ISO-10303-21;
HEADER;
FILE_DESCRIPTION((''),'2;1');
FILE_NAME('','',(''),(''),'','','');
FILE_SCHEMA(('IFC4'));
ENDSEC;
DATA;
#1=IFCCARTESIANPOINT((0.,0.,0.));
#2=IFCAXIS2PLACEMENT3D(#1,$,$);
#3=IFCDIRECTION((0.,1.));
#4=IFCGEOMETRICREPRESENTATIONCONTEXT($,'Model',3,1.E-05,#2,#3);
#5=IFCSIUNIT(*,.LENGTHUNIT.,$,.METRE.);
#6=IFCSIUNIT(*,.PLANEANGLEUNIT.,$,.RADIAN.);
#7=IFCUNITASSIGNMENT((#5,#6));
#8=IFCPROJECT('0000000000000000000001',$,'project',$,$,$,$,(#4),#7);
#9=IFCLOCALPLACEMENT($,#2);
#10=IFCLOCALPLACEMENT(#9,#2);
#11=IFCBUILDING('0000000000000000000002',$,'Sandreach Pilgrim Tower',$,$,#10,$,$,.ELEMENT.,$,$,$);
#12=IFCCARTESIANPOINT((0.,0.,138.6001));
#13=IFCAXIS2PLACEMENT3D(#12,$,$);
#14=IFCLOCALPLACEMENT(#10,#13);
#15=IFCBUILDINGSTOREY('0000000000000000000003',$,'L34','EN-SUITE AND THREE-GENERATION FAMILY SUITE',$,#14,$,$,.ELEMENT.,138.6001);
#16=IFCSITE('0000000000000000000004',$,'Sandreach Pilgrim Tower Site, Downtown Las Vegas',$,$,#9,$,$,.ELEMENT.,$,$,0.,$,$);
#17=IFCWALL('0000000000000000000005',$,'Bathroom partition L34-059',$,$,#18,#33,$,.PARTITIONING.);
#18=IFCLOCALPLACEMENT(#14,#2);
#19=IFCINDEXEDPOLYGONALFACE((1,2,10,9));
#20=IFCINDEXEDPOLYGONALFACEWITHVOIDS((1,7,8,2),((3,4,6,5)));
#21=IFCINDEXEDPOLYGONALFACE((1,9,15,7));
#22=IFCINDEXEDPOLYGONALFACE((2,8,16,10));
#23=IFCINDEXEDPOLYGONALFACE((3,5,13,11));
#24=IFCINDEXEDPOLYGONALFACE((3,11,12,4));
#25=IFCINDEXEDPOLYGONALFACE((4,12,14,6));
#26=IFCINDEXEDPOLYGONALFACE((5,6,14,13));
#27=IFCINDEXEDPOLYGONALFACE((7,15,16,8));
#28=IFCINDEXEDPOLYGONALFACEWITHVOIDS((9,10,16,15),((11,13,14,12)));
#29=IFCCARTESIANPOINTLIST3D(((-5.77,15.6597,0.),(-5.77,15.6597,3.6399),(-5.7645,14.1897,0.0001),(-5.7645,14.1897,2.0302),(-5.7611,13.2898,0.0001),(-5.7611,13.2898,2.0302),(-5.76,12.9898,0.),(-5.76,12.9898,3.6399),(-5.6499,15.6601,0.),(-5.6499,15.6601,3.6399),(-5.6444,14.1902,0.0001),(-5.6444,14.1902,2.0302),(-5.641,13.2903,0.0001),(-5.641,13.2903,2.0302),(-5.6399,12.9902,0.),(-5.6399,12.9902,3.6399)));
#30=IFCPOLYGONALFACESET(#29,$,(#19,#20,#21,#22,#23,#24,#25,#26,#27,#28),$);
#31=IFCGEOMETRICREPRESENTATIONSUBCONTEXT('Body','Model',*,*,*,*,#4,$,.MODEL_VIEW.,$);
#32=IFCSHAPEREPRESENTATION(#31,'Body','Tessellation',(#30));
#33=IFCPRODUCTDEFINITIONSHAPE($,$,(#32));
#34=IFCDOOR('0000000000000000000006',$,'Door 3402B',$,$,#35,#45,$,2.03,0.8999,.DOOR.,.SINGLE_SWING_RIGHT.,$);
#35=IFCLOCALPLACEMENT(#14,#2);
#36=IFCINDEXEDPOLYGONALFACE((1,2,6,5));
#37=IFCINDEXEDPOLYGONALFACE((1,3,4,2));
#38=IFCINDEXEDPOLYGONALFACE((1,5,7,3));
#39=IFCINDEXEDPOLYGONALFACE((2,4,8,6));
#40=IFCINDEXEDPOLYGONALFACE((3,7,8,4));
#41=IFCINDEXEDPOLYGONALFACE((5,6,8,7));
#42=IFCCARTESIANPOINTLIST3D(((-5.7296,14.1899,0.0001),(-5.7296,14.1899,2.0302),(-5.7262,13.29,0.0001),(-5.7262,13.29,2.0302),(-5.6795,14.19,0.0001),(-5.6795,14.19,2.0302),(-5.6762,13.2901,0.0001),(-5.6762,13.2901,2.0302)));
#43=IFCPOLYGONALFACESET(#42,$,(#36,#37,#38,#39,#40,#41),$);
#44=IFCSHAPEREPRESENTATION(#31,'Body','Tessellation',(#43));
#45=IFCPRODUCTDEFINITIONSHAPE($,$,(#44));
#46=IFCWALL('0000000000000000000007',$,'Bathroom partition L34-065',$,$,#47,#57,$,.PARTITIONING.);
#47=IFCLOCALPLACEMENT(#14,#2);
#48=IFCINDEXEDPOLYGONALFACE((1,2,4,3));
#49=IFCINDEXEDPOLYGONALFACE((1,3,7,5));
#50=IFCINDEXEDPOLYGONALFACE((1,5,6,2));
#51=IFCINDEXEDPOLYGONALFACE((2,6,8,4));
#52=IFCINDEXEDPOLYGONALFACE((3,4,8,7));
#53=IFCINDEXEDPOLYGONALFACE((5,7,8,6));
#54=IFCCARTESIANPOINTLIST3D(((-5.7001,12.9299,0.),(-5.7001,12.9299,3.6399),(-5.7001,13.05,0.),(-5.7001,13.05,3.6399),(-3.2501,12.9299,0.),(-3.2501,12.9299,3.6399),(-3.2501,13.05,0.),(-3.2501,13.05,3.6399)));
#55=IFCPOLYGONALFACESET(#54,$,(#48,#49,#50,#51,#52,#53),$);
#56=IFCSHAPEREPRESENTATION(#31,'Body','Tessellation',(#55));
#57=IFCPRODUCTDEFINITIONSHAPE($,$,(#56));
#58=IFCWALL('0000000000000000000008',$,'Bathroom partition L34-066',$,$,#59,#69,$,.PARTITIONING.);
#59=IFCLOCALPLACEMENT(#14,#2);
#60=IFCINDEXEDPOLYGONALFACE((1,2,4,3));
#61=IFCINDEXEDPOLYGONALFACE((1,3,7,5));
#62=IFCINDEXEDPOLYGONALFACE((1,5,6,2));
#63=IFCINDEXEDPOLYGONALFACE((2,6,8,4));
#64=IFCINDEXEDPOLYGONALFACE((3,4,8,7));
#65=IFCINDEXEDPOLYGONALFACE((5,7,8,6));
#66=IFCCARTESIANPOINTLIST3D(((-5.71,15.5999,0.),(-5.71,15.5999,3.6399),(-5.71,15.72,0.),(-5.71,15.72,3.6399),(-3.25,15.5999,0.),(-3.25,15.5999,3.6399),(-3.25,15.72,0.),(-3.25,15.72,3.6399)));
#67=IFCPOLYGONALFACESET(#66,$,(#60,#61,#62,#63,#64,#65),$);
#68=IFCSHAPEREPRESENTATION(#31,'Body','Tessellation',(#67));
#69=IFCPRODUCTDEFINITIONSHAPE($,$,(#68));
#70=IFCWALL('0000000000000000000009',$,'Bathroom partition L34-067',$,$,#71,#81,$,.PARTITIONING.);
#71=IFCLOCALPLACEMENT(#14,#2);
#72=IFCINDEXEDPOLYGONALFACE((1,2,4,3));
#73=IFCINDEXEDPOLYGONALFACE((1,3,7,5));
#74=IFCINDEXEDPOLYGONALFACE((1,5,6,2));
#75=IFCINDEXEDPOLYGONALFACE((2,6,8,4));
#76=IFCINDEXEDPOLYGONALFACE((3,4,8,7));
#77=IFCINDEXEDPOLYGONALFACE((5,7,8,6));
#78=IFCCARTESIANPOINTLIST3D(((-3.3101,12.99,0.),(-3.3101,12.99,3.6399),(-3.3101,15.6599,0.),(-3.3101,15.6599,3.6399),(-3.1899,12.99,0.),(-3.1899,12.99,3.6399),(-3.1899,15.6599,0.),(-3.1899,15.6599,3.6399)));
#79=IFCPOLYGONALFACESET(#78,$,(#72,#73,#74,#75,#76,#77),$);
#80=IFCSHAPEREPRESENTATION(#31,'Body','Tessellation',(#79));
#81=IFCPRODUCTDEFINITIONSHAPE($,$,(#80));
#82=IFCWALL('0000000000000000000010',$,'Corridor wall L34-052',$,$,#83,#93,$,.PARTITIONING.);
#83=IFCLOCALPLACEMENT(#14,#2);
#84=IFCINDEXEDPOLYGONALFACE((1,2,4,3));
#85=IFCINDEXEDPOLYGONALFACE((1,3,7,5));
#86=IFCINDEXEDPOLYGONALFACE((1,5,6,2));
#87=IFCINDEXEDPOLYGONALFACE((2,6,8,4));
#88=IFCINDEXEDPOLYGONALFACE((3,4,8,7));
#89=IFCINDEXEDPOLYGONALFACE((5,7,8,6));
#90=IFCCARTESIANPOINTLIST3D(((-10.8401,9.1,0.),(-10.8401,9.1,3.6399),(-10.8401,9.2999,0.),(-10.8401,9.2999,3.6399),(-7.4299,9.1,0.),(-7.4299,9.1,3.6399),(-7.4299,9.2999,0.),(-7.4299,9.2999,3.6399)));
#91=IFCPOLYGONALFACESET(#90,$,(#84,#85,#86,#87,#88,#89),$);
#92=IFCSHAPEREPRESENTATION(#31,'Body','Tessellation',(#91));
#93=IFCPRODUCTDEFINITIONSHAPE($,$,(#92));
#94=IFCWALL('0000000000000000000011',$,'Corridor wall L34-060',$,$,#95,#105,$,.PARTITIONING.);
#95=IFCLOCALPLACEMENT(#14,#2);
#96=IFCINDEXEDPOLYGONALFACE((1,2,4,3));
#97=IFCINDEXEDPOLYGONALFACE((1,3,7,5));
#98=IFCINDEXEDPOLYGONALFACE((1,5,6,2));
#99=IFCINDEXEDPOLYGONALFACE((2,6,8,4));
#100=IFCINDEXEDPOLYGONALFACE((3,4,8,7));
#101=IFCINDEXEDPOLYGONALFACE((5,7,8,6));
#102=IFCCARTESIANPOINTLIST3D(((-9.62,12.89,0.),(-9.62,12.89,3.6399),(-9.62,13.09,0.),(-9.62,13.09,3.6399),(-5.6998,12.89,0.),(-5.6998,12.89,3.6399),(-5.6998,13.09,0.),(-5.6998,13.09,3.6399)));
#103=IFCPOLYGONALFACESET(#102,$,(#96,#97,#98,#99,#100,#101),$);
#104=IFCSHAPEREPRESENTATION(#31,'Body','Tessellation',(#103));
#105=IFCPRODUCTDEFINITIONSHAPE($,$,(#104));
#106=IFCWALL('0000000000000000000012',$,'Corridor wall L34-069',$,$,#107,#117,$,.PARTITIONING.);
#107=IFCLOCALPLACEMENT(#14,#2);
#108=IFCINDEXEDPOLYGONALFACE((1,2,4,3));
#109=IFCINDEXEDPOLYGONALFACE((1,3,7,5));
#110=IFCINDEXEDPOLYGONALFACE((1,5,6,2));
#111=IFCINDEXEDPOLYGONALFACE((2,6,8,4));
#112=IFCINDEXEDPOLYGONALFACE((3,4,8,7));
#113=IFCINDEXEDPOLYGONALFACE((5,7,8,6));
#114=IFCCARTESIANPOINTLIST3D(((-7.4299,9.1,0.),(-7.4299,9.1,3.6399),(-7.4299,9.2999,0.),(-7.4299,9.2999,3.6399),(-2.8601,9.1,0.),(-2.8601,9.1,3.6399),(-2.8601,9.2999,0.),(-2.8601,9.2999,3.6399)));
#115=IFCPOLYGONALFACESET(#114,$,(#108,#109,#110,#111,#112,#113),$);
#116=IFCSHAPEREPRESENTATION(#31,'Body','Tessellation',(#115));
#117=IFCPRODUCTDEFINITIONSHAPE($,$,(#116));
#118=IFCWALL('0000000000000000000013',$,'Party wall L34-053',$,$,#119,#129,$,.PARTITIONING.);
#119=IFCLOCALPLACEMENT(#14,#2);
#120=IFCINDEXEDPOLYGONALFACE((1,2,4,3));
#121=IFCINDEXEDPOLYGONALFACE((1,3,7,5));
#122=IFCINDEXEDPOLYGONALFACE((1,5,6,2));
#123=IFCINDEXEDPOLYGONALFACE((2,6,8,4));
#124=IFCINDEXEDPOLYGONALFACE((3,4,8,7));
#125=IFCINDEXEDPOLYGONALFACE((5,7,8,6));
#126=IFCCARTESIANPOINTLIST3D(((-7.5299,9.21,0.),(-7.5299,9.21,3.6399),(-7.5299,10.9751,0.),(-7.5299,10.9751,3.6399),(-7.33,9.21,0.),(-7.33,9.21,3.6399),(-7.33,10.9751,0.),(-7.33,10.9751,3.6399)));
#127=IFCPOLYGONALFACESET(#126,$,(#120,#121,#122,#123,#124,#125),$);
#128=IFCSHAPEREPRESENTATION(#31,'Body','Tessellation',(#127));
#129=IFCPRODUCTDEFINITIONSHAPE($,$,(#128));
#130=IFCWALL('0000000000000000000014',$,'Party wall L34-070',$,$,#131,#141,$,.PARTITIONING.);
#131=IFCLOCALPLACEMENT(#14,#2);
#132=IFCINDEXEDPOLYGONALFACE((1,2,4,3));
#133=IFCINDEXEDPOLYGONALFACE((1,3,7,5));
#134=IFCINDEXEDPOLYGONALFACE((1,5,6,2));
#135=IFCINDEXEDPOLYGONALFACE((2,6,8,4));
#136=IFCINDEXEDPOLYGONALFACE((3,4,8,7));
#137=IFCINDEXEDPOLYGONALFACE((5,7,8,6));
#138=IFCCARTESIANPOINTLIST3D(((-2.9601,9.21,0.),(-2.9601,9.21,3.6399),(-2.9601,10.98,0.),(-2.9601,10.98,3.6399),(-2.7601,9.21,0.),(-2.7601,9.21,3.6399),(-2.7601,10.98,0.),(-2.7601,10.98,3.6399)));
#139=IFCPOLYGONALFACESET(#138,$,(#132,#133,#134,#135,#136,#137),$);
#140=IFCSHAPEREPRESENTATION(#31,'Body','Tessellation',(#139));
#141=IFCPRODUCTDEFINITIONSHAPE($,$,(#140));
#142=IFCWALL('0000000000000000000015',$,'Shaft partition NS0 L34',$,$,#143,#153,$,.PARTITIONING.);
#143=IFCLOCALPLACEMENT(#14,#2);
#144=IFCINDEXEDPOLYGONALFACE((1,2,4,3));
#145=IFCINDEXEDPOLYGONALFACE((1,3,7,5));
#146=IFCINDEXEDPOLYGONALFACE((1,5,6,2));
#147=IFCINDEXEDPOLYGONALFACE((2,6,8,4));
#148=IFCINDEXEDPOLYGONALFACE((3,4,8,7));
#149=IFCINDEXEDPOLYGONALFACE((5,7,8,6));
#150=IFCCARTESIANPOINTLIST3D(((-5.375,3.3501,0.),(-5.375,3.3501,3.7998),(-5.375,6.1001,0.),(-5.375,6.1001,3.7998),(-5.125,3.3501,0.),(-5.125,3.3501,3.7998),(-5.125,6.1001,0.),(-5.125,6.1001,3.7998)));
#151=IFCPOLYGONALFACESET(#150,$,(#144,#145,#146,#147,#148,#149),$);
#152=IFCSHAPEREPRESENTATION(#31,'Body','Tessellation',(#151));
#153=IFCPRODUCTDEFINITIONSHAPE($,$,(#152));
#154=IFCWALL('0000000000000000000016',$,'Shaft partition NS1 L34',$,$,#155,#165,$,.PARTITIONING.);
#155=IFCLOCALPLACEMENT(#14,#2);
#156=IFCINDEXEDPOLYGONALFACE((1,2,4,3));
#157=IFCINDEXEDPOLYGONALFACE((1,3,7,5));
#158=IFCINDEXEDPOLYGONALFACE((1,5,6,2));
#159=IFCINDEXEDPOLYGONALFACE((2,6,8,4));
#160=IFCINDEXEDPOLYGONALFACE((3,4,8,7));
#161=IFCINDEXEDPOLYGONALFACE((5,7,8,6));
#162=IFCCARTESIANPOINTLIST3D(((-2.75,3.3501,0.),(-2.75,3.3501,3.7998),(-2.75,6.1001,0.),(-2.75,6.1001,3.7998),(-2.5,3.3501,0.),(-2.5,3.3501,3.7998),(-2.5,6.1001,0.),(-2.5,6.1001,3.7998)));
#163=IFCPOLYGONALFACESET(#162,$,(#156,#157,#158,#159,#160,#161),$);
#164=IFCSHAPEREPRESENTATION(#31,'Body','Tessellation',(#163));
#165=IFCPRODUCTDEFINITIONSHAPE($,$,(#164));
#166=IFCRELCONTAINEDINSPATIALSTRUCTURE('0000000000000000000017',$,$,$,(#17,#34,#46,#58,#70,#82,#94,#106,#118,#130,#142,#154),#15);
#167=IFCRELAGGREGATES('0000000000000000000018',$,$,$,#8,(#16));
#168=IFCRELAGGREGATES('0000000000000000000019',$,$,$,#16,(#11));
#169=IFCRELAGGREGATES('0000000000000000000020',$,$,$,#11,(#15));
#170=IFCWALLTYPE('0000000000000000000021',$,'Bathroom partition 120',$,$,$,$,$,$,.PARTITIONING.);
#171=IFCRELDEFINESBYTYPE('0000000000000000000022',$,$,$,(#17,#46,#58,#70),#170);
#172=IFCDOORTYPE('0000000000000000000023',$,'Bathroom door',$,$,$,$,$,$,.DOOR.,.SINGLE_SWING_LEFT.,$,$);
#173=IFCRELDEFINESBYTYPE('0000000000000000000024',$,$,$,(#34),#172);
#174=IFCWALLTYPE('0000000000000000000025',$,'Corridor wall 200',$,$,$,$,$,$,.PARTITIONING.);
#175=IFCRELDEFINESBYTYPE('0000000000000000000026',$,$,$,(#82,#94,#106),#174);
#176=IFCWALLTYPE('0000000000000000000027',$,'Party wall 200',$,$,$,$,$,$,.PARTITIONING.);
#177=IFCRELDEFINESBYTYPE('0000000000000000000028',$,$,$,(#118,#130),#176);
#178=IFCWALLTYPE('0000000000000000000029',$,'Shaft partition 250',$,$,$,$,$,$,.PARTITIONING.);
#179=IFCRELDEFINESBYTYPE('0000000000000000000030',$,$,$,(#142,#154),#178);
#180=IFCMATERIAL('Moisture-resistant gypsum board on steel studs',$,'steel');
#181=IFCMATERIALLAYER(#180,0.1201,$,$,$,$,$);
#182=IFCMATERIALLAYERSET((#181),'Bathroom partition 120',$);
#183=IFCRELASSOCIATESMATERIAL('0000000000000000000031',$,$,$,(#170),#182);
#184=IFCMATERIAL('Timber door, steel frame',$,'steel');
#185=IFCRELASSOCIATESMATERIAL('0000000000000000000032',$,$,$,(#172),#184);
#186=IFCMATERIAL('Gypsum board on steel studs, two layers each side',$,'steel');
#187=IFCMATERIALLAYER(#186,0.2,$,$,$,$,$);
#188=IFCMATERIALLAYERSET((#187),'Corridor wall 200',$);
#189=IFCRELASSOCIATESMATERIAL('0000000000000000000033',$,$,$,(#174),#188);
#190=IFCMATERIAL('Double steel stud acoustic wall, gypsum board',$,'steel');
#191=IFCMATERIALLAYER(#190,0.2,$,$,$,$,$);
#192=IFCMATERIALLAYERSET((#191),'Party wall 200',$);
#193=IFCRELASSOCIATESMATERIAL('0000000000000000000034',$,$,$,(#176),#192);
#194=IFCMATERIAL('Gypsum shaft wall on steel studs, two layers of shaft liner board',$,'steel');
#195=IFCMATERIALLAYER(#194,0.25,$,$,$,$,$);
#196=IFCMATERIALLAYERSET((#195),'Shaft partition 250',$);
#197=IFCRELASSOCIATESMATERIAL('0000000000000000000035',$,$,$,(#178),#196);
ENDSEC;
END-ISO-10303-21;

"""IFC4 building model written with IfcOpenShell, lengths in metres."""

from ifc_helpers import new_model, si_unit, direction, frame, frame_2d, origin, place, context, subcontext, project, spatial, rectangle, extrude, material, layer, layer_set, type_object, element, fill, save


model = new_model("IFC4")

# Units and contexts
model_context = context("Model", 3, precision=1e-05, world=origin(), true_north=direction((0.0, 1.0)))
body_context = subcontext(model_context, "Body", "Model", "MODEL_VIEW")
ifc_project = project(units=[si_unit("LENGTHUNIT", "METRE"), si_unit("PLANEANGLEUNIT", "RADIAN")], contexts=[model_context])

# Site, building, storey
site_placement = place(None, origin())
site = spatial("IfcSite", under=ifc_project, at=site_placement, Name="Sandreach Pilgrim Tower Site, Downtown Las Vegas", CompositionType="ELEMENT", RefElevation=0.0)
building_placement = place(site_placement, origin())
building = spatial("IfcBuilding", under=site, at=building_placement, Name="Sandreach Pilgrim Tower", CompositionType="ELEMENT")
storey_placement = place(building_placement, frame((0.0, 0.0, 138.6001)))
storey = spatial("IfcBuildingStorey", under=building, at=storey_placement, Name="L34", Description="EN-SUITE AND THREE-GENERATION FAMILY SUITE", CompositionType="ELEMENT", Elevation=138.6001)

# Wall, opening, door
ifc_material_1 = material(Name="Moisture-resistant gypsum board on steel studs", Category="steel")
ifc_layer_1 = layer(ifc_material_1, 0.1201)
ifc_layer_set_1 = layer_set([ifc_layer_1], Name="Bathroom partition 120")
wall_type_1 = type_object("IfcWallType", Name="Bathroom partition 120", PredefinedType="PARTITIONING", material=ifc_layer_set_1)
wall_1_placement = place(storey_placement, frame((-5.71, 15.6599, 0.0), z_axis=(0.0, 0.0, 1.0), x_axis=(0.003749, -0.999993, 0.0)))
wall_1 = element("IfcWall", 1, at=wall_1_placement, inside=storey, type_object=wall_type_1, Name="Bathroom partition L34-059", PredefinedType="PARTITIONING", context=body_context, shape_type="SweptSolid", body=[
    extrude(rectangle(XDim=2.6699, YDim=0.1201, at=frame_2d((1.335, 0.0))), origin(), (0.0, 0.0, 1.0), 3.6399),
])
opening_1_placement = place(wall_1_placement, frame((1.47, 0.0, 0.0)))
opening_1 = element("IfcOpeningElement", 2, at=opening_1_placement, cuts=wall_1, PredefinedType="OPENING", context=body_context, shape_type="SweptSolid", body=[
    extrude(rectangle(XDim=0.8999, YDim=2.03, at=frame_2d((0.45, 1.0151))), frame((0.0, 0.0601, 0.0), z_axis=(0.0, -1.0, 0.0), x_axis=(1.0, 0.0, 0.0)), (0.0, 0.0, 1.0), 0.1201),
])
ifc_material_2 = material(Name="Timber door, steel frame", Category="steel")
door_type_1 = type_object("IfcDoorType", Name="Bathroom door", OperationType="SINGLE_SWING_LEFT", PredefinedType="DOOR", material=ifc_material_2)
door_1_placement = place(opening_1_placement, origin())
door_1 = element("IfcDoor", 3, at=door_1_placement, inside=storey, type_object=door_type_1, Name="Door 3402B", OperationType="SINGLE_SWING_RIGHT", OverallHeight=2.03, OverallWidth=0.8999, PredefinedType="DOOR", context=body_context, shape_type="SweptSolid", body=[
    extrude(rectangle(XDim=0.8999, YDim=2.03, at=frame_2d((0.45, 1.0151))), frame((0.0, 0.0249, 0.0), z_axis=(0.0, -1.0, 0.0), x_axis=(1.0, 0.0, 0.0)), (0.0, 0.0, 1.0), 0.05),
])
fill(opening_1, door_1)

# Walls
wall_2_placement = place(storey_placement, frame((-3.25, 12.99, 0.0), z_axis=(0.0, 0.0, 1.0), x_axis=(-1.0, 0.0, 0.0)))
element("IfcWall", 4, at=wall_2_placement, inside=storey, type_object=wall_type_1, Name="Bathroom partition L34-065", PredefinedType="PARTITIONING", context=body_context, shape_type="SweptSolid", body=[
    extrude(rectangle(XDim=2.45, YDim=0.1201, at=frame_2d((1.2251, 0.0))), origin(), (0.0, 0.0, 1.0), 3.6399),
])
wall_3_placement = place(storey_placement, frame((-3.25, 15.6599, 0.0), z_axis=(0.0, 0.0, 1.0), x_axis=(-1.0, 0.0, 0.0)))
element("IfcWall", 5, at=wall_3_placement, inside=storey, type_object=wall_type_1, Name="Bathroom partition L34-066", PredefinedType="PARTITIONING", context=body_context, shape_type="SweptSolid", body=[
    extrude(rectangle(XDim=2.46, YDim=0.1201, at=frame_2d((1.23, 0.0))), origin(), (0.0, 0.0, 1.0), 3.6399),
])
wall_4_placement = place(storey_placement, frame((-3.25, 15.6599, 0.0), z_axis=(0.0, 0.0, 1.0), x_axis=(0.0, -1.0, 0.0)))
element("IfcWall", 6, at=wall_4_placement, inside=storey, type_object=wall_type_1, Name="Bathroom partition L34-067", PredefinedType="PARTITIONING", context=body_context, shape_type="SweptSolid", body=[
    extrude(rectangle(XDim=2.6699, YDim=0.1201, at=frame_2d((1.335, 0.0))), origin(), (0.0, 0.0, 1.0), 3.6399),
])

# Wall
ifc_material_3 = material(Name="Gypsum board on steel studs, two layers each side", Category="steel")
ifc_layer_2 = layer(ifc_material_3, 0.2)
ifc_layer_set_2 = layer_set([ifc_layer_2], Name="Corridor wall 200")
wall_type_2 = type_object("IfcWallType", Name="Corridor wall 200", PredefinedType="PARTITIONING", material=ifc_layer_set_2)
wall_5_placement = place(storey_placement, frame((-7.4299, 9.2, 0.0), z_axis=(0.0, 0.0, 1.0), x_axis=(-1.0, 0.0, 0.0)))
element("IfcWall", 7, at=wall_5_placement, inside=storey, type_object=wall_type_2, Name="Corridor wall L34-052", PredefinedType="PARTITIONING", context=body_context, shape_type="SweptSolid", body=[
    extrude(rectangle(XDim=3.4102, YDim=0.2, at=frame_2d((1.7051, 0.0))), origin(), (0.0, 0.0, 1.0), 3.6399),
])

# Walls
wall_6_placement = place(storey_placement, frame((-5.7, 12.99, 0.0), z_axis=(0.0, 0.0, 1.0), x_axis=(-1.0, 0.0, 0.0)))
element("IfcWall", 8, at=wall_6_placement, inside=storey, type_object=wall_type_2, Name="Corridor wall L34-060", PredefinedType="PARTITIONING", context=body_context, shape_type="SweptSolid", body=[
    extrude(rectangle(XDim=3.9202, YDim=0.2, at=frame_2d((1.96, 0.0))), origin(), (0.0, 0.0, 1.0), 3.6399),
])
wall_7_placement = place(storey_placement, frame((-2.8601, 9.2, 0.0), z_axis=(0.0, 0.0, 1.0), x_axis=(-1.0, 0.0, 0.0)))
element("IfcWall", 9, at=wall_7_placement, inside=storey, type_object=wall_type_2, Name="Corridor wall L34-069", PredefinedType="PARTITIONING", context=body_context, shape_type="SweptSolid", body=[
    extrude(rectangle(XDim=4.5698, YDim=0.2, at=frame_2d((2.2849, 0.0))), origin(), (0.0, 0.0, 1.0), 3.6399),
])

# Walls
ifc_material_4 = material(Name="Double steel stud acoustic wall, gypsum board", Category="steel")
ifc_layer_3 = layer(ifc_material_4, 0.2)
ifc_layer_set_3 = layer_set([ifc_layer_3], Name="Party wall 200")
wall_type_3 = type_object("IfcWallType", Name="Party wall 200", PredefinedType="PARTITIONING", material=ifc_layer_set_3)
wall_8_placement = place(storey_placement, frame((-7.4299, 10.9751, 0.0), z_axis=(0.0, 0.0, 1.0), x_axis=(0.0, -1.0, 0.0)))
element("IfcWall", 10, at=wall_8_placement, inside=storey, type_object=wall_type_3, Name="Party wall L34-053", PredefinedType="PARTITIONING", context=body_context, shape_type="SweptSolid", body=[
    extrude(rectangle(XDim=1.7651, YDim=0.2, at=frame_2d((0.8826, 0.0))), origin(), (0.0, 0.0, 1.0), 3.6399),
])
wall_9_placement = place(storey_placement, frame((-2.8601, 10.98, 0.0), z_axis=(0.0, 0.0, 1.0), x_axis=(0.0, -1.0, 0.0)))
element("IfcWall", 11, at=wall_9_placement, inside=storey, type_object=wall_type_3, Name="Party wall L34-070", PredefinedType="PARTITIONING", context=body_context, shape_type="SweptSolid", body=[
    extrude(rectangle(XDim=1.77, YDim=0.2, at=frame_2d((0.885, 0.0))), origin(), (0.0, 0.0, 1.0), 3.6399),
])
ifc_material_5 = material(Name="Gypsum shaft wall on steel studs, two layers of shaft liner board", Category="steel")
ifc_layer_4 = layer(ifc_material_5, 0.25)
ifc_layer_set_4 = layer_set([ifc_layer_4], Name="Shaft partition 250")
wall_type_4 = type_object("IfcWallType", Name="Shaft partition 250", PredefinedType="PARTITIONING", material=ifc_layer_set_4)
for number, where, z_axis, x_axis, name in (
    (12, (-5.25, 3.3501, 0.0), (0.0, 0.0, 1.0), (0.0, 1.0, 0.0), "Shaft partition NS0 L34"),
    (13, (-2.625, 3.3501, 0.0), (0.0, 0.0, 1.0), (0.0, 1.0, 0.0), "Shaft partition NS1 L34"),
):
    element("IfcWall", number, at=place(storey_placement, frame(where, z_axis=z_axis, x_axis=x_axis)), inside=storey, type_object=wall_type_4, Name=name, PredefinedType="PARTITIONING", context=body_context, shape_type="SweptSolid", body=[
        extrude(rectangle(XDim=2.75, YDim=0.25, at=frame_2d((1.375, 0.0))), origin(), (0.0, 0.0, 1.0), 3.7998),
    ])

save(model, "model.ifc")
